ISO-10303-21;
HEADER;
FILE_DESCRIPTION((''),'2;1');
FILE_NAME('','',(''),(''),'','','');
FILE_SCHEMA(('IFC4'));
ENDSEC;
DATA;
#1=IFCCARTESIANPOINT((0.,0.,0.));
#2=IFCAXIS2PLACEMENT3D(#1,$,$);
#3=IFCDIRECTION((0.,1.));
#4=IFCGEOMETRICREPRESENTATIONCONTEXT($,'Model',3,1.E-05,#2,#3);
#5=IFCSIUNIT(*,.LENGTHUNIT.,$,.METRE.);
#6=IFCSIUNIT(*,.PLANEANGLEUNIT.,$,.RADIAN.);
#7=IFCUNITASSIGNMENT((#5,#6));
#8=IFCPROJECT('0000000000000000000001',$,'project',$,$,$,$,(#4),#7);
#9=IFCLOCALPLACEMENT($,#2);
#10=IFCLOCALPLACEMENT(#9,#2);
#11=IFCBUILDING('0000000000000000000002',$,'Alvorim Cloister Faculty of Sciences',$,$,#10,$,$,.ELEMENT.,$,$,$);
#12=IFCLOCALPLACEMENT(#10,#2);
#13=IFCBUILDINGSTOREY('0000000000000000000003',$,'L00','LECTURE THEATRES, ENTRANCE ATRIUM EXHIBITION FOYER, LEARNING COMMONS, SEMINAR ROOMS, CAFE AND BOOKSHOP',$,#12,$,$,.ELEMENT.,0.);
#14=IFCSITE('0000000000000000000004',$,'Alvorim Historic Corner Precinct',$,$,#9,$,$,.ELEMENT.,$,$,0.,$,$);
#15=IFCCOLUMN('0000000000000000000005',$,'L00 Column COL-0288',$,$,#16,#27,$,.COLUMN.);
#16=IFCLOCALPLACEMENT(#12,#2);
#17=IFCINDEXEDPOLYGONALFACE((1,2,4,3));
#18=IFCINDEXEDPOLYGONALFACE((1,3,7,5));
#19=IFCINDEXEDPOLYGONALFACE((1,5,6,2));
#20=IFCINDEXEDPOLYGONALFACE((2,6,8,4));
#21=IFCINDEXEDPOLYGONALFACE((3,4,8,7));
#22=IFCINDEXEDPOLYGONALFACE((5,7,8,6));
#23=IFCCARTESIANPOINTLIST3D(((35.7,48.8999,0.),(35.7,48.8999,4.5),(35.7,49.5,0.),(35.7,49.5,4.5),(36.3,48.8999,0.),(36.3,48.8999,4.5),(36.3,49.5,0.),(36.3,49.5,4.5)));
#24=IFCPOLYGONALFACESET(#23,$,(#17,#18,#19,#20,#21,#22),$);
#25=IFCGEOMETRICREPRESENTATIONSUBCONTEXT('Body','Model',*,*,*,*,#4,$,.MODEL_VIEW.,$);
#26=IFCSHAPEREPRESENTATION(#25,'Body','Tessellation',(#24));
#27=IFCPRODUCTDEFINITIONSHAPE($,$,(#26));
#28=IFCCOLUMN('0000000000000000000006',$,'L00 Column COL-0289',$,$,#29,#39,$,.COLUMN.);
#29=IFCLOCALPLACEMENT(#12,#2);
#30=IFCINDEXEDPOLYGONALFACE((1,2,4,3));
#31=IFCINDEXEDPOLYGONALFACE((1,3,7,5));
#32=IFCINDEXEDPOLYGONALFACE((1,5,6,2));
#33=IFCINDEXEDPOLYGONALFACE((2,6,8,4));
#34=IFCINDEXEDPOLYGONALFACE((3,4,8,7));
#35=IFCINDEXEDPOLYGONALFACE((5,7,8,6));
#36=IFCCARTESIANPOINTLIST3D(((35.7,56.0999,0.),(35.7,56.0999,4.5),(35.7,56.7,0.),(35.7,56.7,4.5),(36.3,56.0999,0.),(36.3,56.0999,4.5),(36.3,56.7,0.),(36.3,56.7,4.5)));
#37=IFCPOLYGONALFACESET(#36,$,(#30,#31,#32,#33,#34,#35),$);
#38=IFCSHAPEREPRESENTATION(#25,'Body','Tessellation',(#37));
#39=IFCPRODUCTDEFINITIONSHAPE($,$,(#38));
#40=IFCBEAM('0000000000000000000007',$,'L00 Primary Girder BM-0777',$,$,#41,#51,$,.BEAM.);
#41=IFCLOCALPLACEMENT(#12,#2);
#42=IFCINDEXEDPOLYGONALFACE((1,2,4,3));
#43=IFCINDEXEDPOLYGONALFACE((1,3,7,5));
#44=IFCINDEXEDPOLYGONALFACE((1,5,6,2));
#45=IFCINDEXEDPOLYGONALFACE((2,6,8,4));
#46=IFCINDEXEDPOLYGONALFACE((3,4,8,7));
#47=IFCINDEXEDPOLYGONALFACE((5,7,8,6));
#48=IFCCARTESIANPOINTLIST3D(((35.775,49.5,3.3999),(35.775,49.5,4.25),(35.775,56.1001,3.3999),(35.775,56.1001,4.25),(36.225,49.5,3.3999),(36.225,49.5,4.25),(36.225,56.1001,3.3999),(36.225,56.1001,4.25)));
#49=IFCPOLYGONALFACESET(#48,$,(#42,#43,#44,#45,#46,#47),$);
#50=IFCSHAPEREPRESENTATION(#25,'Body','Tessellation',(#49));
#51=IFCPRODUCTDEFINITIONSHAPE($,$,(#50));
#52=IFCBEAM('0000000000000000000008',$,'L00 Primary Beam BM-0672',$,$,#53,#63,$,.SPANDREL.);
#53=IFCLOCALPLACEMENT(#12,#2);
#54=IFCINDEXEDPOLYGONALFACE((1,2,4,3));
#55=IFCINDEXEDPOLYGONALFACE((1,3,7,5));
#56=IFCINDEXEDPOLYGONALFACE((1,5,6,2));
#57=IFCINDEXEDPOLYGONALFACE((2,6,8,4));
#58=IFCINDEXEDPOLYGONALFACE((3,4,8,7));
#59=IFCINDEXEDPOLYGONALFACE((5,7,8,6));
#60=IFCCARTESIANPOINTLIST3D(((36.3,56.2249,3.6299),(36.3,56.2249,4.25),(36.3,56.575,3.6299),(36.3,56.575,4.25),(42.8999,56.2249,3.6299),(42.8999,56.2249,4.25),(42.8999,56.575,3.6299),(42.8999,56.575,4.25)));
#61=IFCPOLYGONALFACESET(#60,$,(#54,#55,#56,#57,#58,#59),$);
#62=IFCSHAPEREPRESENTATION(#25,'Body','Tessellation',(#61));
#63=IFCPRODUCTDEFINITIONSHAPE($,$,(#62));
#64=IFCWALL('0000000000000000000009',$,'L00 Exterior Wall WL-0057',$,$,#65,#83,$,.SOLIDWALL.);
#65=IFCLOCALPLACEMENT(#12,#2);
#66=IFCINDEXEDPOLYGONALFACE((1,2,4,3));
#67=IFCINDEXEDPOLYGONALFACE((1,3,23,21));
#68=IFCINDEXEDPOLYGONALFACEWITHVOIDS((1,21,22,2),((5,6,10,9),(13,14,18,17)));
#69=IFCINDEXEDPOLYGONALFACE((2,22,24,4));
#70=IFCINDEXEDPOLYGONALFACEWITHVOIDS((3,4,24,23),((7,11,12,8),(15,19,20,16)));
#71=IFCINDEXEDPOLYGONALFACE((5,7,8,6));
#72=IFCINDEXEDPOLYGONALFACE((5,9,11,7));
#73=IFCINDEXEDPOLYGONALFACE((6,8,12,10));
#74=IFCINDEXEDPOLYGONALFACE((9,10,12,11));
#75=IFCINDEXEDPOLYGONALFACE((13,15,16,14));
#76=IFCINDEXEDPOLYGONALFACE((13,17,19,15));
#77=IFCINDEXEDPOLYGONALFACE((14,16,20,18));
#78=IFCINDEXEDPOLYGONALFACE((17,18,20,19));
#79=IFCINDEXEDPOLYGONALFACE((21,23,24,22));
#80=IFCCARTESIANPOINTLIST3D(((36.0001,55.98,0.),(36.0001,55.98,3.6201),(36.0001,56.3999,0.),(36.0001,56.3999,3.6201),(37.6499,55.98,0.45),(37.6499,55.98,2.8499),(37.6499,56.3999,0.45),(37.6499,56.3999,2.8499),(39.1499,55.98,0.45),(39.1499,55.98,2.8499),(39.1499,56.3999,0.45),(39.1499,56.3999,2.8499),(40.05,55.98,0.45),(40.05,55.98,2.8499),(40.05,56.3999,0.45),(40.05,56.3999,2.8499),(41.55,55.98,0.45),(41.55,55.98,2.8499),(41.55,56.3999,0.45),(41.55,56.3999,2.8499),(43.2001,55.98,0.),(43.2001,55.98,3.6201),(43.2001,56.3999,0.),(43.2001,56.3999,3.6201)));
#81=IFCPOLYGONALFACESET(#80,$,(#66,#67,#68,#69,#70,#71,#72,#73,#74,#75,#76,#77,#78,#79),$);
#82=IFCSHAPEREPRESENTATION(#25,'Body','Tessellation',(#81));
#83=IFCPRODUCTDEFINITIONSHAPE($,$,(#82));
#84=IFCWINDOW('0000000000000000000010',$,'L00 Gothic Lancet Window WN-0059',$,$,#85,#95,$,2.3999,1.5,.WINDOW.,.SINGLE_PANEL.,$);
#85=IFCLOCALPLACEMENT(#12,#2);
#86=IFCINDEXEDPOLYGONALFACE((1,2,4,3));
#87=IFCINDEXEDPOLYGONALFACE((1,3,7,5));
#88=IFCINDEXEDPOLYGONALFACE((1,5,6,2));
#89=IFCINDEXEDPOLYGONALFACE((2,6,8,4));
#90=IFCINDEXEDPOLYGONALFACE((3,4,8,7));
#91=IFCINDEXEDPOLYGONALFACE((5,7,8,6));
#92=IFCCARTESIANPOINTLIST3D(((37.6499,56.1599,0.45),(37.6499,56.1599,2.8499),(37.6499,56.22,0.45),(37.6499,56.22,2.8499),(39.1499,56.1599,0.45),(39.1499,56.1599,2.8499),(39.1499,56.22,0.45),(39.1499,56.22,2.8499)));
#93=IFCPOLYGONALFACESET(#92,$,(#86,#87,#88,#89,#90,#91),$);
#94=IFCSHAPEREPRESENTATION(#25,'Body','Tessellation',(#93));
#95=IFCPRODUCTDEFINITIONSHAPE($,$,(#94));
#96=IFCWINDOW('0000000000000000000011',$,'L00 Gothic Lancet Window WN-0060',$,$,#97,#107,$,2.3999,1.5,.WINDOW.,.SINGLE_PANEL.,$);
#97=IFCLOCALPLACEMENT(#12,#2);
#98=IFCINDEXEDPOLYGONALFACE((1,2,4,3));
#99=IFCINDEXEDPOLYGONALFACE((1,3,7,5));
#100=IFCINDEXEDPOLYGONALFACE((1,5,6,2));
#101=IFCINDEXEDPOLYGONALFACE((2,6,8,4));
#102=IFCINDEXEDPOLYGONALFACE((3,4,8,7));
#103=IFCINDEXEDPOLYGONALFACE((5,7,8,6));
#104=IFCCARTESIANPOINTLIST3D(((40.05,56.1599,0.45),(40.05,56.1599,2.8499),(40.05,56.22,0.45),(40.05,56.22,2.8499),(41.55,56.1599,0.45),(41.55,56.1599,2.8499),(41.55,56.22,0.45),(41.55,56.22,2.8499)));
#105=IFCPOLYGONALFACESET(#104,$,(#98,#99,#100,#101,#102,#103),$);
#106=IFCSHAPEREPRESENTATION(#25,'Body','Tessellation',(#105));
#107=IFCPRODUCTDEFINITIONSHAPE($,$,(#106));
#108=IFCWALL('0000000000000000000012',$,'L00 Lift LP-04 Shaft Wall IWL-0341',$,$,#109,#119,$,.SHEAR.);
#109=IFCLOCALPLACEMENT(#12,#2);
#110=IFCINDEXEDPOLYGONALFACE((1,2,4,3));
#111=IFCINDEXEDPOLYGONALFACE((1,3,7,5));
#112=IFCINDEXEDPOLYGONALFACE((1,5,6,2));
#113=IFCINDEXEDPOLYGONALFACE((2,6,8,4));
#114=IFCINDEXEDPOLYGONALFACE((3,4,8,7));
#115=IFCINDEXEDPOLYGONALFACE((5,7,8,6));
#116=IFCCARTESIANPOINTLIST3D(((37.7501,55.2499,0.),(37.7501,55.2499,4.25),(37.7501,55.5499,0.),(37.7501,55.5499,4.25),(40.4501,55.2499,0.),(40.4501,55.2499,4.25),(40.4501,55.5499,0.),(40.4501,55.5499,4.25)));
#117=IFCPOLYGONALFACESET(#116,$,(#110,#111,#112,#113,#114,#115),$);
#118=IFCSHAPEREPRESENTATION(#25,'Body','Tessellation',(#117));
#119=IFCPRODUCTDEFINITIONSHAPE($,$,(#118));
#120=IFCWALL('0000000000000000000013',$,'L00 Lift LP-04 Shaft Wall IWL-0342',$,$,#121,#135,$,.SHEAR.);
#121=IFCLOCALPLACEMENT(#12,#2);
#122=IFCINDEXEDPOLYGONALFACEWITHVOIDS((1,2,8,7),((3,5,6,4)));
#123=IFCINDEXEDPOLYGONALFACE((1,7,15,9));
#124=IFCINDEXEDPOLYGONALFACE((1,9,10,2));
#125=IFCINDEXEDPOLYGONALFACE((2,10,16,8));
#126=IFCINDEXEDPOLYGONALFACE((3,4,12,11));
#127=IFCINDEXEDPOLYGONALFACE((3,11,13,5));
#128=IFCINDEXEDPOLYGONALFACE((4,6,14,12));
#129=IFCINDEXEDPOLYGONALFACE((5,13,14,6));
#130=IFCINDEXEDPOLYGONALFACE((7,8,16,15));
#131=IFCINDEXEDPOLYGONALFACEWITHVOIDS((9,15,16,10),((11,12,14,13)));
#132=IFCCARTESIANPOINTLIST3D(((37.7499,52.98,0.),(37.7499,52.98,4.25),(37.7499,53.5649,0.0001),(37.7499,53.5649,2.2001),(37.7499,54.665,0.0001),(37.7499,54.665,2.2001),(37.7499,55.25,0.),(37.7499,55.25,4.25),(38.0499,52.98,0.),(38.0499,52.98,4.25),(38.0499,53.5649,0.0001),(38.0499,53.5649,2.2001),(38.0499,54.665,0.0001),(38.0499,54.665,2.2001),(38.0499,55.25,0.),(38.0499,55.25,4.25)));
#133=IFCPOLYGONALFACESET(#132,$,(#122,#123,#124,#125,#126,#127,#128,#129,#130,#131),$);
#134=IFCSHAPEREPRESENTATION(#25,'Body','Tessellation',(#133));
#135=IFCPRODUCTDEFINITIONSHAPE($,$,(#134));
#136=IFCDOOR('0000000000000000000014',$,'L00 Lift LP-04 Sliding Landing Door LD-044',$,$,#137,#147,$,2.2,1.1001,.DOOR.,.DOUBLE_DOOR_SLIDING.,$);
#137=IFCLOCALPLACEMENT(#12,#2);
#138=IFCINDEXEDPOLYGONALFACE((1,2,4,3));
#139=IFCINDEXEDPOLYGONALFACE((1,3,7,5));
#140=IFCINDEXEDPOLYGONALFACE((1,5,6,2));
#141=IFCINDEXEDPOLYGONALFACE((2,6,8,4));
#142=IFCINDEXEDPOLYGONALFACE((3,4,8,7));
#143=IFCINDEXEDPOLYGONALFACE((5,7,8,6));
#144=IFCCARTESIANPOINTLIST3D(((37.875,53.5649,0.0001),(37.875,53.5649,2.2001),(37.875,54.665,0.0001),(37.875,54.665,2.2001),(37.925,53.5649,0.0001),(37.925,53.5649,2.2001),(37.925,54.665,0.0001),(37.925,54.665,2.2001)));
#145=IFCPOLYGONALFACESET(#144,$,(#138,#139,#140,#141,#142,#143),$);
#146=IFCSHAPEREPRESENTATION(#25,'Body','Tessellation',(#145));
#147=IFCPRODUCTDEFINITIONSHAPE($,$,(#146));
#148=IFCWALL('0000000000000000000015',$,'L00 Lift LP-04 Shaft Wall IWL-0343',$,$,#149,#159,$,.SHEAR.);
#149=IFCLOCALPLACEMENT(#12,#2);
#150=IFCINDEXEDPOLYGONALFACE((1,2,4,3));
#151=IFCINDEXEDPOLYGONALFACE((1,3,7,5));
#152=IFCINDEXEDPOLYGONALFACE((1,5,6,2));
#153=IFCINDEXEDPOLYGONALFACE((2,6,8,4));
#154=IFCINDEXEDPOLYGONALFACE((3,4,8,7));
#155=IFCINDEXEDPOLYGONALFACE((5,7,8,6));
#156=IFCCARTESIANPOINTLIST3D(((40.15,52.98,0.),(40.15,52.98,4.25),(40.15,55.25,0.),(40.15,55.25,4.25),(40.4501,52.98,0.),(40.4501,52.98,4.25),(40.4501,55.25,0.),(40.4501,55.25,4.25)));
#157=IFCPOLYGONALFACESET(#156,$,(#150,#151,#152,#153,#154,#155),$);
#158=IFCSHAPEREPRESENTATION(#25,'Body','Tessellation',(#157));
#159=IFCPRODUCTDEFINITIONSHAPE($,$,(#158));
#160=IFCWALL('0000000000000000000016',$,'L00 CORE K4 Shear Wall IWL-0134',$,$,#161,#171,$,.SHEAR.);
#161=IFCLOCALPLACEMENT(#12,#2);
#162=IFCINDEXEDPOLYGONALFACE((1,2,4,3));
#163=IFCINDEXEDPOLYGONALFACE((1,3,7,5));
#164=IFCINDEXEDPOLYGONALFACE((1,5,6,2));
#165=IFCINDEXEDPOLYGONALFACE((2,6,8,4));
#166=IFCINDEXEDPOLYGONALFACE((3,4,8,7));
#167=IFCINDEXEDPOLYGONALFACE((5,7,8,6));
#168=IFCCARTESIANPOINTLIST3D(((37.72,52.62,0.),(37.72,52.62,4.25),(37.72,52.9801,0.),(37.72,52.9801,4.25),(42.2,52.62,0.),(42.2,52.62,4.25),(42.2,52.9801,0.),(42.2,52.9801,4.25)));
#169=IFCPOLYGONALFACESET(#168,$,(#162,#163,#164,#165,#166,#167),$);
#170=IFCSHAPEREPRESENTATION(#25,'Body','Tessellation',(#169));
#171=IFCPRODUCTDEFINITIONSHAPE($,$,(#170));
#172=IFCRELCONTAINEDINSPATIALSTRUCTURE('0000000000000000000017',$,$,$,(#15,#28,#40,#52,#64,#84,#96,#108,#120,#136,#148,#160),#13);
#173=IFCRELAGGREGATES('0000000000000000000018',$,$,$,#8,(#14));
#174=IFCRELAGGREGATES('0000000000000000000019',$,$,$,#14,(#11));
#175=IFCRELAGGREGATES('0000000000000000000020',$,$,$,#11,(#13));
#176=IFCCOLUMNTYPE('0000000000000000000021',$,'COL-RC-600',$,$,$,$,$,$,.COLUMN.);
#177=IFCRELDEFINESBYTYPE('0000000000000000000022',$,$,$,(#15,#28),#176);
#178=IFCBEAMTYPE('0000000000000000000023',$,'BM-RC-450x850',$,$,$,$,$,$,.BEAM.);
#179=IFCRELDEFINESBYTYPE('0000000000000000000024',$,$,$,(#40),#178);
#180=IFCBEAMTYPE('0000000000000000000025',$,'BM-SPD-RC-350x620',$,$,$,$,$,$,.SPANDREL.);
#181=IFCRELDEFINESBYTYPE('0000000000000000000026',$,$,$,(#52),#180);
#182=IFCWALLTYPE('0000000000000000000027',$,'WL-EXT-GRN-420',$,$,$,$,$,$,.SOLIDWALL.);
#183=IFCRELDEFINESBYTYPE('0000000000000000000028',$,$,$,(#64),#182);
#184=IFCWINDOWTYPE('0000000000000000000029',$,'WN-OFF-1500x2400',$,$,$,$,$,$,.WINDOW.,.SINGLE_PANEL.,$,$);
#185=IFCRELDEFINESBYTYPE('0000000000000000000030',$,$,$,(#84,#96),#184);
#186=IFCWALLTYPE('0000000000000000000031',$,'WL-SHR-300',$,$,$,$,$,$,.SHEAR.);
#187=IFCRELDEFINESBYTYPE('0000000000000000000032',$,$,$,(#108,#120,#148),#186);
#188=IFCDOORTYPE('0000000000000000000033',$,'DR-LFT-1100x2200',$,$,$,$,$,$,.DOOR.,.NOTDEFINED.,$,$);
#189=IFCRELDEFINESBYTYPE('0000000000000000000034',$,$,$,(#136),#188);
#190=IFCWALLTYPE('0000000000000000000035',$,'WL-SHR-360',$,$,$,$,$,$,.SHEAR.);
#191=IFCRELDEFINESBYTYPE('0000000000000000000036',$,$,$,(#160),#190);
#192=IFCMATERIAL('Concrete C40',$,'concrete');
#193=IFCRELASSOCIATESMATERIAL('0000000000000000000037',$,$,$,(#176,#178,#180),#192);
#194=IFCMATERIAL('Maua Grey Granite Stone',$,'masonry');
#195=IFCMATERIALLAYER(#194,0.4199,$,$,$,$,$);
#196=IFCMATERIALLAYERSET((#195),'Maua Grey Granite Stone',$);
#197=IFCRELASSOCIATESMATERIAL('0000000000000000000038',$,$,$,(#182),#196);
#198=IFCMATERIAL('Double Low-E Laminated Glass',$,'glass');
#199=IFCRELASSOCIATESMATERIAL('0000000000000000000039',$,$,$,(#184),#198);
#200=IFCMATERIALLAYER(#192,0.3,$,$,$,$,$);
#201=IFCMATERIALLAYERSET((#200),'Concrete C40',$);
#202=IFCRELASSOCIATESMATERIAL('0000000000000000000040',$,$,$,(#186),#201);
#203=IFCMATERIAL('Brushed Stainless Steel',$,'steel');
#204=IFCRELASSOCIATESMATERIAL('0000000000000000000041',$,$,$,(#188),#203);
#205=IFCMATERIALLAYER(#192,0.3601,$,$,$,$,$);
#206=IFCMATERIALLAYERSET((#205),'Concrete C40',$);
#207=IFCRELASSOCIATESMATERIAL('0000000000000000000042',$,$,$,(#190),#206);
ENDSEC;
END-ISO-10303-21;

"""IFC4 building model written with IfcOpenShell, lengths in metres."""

from ifc_helpers import new_model, si_unit, direction, frame, frame_2d, origin, origin_2d, place, context, subcontext, project, spatial, rectangle, extrude, material, layer, layer_set, material_profile, profile_set, type_object, element, fill, save


model = new_model("IFC4")

# Units and contexts
model_context = context("Model", 3, precision=1e-05, world=origin(), true_north=direction((0.0, 1.0)))
body_context = subcontext(model_context, "Body", "Model", "MODEL_VIEW")
ifc_project = project(units=[si_unit("LENGTHUNIT", "METRE"), si_unit("PLANEANGLEUNIT", "RADIAN")], contexts=[model_context])

# Site, building, storey
site_placement = place(None, origin())
site = spatial("IfcSite", under=ifc_project, at=site_placement, Name="Alvorim Historic Corner Precinct", CompositionType="ELEMENT", RefElevation=0.0)
building_placement = place(site_placement, origin())
building = spatial("IfcBuilding", under=site, at=building_placement, Name="Alvorim Cloister Faculty of Sciences", CompositionType="ELEMENT")
storey_placement = place(building_placement, origin())
storey = spatial("IfcBuildingStorey", under=building, at=storey_placement, Name="L00", Description="LECTURE THEATRES, ENTRANCE ATRIUM EXHIBITION FOYER, LEARNING COMMONS, SEMINAR ROOMS, CAFE AND BOOKSHOP", CompositionType="ELEMENT", Elevation=0.0)

# Columns
ifc_material_1 = material(Name="Concrete C40", Category="concrete")
ifc_material_profile_1 = material_profile(ifc_material_1, rectangle(XDim=0.6001, YDim=0.6001, at=origin_2d()), Name="RC40-COL-600x600")
ifc_profile_set_1 = profile_set([ifc_material_profile_1], Name="Concrete C40")
column_type = type_object("IfcColumnType", Name="COL-RC-600", PredefinedType="COLUMN", material=ifc_profile_set_1)
for number, where, z_axis, x_axis, name in (
    (1, (36.0, 49.2, 0.0), (0.0, 0.0, 1.0), (1.0, 0.0, 0.0), "L00 Column COL-0288"),
    (2, (36.0, 56.3999, 0.0), (0.0, 0.0, 1.0), (1.0, 0.0, 0.0), "L00 Column COL-0289"),
):
    element("IfcColumn", number, at=place(storey_placement, frame(where, z_axis=z_axis, x_axis=x_axis)), inside=storey, type_object=column_type, Name=name, PredefinedType="COLUMN", context=body_context, shape_type="SweptSolid", body=[
        extrude(rectangle(XDim=0.6001, YDim=0.6001, at=origin_2d()), origin(), (0.0, 0.0, 1.0), 4.5),
    ])

# Beams
ifc_material_profile_2 = material_profile(ifc_material_1, rectangle(XDim=0.45, YDim=0.8501, at=origin_2d()), Name="RC40-BM-450x850")
ifc_profile_set_2 = profile_set([ifc_material_profile_2], Name="Concrete C40")
beam_type_1 = type_object("IfcBeamType", Name="BM-RC-450x850", PredefinedType="BEAM", material=ifc_profile_set_2)
beam_1_placement = place(storey_placement, frame((36.0, 49.5, 3.825), z_axis=(0.0, 1.0, 0.0), x_axis=(-1.0, 0.0, 0.0)))
element("IfcBeam", 3, at=beam_1_placement, inside=storey, type_object=beam_type_1, Name="L00 Primary Girder BM-0777", PredefinedType="BEAM", context=body_context, shape_type="SweptSolid", body=[
    extrude(rectangle(XDim=0.45, YDim=0.8501, at=origin_2d()), origin(), (0.0, 0.0, 1.0), 6.6001),
])
ifc_material_profile_3 = material_profile(ifc_material_1, rectangle(XDim=0.3501, YDim=0.6201, at=origin_2d()), Name="RC40-SPD-350x620")
ifc_profile_set_3 = profile_set([ifc_material_profile_3], Name="Concrete C40")
beam_type_2 = type_object("IfcBeamType", Name="BM-SPD-RC-350x620", PredefinedType="SPANDREL", material=ifc_profile_set_3)
beam_2_placement = place(storey_placement, frame((36.3, 56.3999, 3.9399), z_axis=(1.0, 0.0, 0.0), x_axis=(0.0, 1.0, 0.0)))
element("IfcBeam", 4, at=beam_2_placement, inside=storey, type_object=beam_type_2, Name="L00 Primary Beam BM-0672", PredefinedType="SPANDREL", context=body_context, shape_type="SweptSolid", body=[
    extrude(rectangle(XDim=0.3501, YDim=0.6201, at=origin_2d()), origin(), (0.0, 0.0, 1.0), 6.5999),
])

# Wall, openings, windows
ifc_material_2 = material(Name="Maua Grey Granite Stone", Category="masonry")
ifc_layer_1 = layer(ifc_material_2, 0.4199)
ifc_layer_set_1 = layer_set([ifc_layer_1], Name="Maua Grey Granite Stone")
wall_type_1 = type_object("IfcWallType", Name="WL-EXT-GRN-420", PredefinedType="SOLIDWALL", material=ifc_layer_set_1)
wall_1_placement = place(storey_placement, frame((36.0, 56.1899, 0.0), z_axis=(0.0, 0.0, 1.0), x_axis=(1.0, 0.0, 0.0)))
wall_1 = element("IfcWall", 5, at=wall_1_placement, inside=storey, type_object=wall_type_1, Name="L00 Exterior Wall WL-0057", PredefinedType="SOLIDWALL", context=body_context, shape_type="SweptSolid", body=[
    extrude(rectangle(XDim=7.2, YDim=0.4199, at=frame_2d((3.6001, 0.0))), origin(), (0.0, 0.0, 1.0), 3.6201),
])
opening_1_placement = place(wall_1_placement, frame((1.6499, 0.0, 0.45)))
opening_1 = element("IfcOpeningElement", 6, at=opening_1_placement, cuts=wall_1, PredefinedType="OPENING", context=body_context, shape_type="SweptSolid", body=[
    extrude(rectangle(XDim=1.5, YDim=2.3999, at=frame_2d((0.75, 1.2))), frame((0.0, 0.2219, 0.0), z_axis=(0.0, -1.0, 0.0), x_axis=(1.0, 0.0, 0.0)), (0.0, 0.0, 1.0), 0.4438),
])
opening_2_placement = place(wall_1_placement, frame((4.05, 0.0, 0.45)))
opening_2 = element("IfcOpeningElement", 7, at=opening_2_placement, cuts=wall_1, PredefinedType="OPENING", context=body_context, shape_type="SweptSolid", body=[
    extrude(rectangle(XDim=1.5, YDim=2.3999, at=frame_2d((0.75, 1.2))), frame((0.0, 0.2219, 0.0), z_axis=(0.0, -1.0, 0.0), x_axis=(1.0, 0.0, 0.0)), (0.0, 0.0, 1.0), 0.4438),
])
ifc_material_3 = material(Name="Double Low-E Laminated Glass", Category="glass")
window_type = type_object("IfcWindowType", Name="WN-OFF-1500x2400", PartitioningType="SINGLE_PANEL", PredefinedType="WINDOW", material=ifc_material_3)
window_1_placement = place(opening_1_placement, origin())
window_1 = element("IfcWindow", 8, at=window_1_placement, inside=storey, type_object=window_type, Name="L00 Gothic Lancet Window WN-0059", OverallHeight=2.3999, OverallWidth=1.5, PartitioningType="SINGLE_PANEL", PredefinedType="WINDOW", context=body_context, shape_type="SweptSolid", body=[
    extrude(rectangle(XDim=1.5, YDim=2.3999, at=frame_2d((0.75, 1.2))), frame((0.0, 0.03, 0.0), z_axis=(0.0, -1.0, 0.0), x_axis=(1.0, 0.0, 0.0)), (0.0, 0.0, 1.0), 0.0601),
])
fill(opening_1, window_1)
window_2_placement = place(opening_2_placement, origin())
window_2 = element("IfcWindow", 9, at=window_2_placement, inside=storey, type_object=window_type, Name="L00 Gothic Lancet Window WN-0060", OverallHeight=2.3999, OverallWidth=1.5, PartitioningType="SINGLE_PANEL", PredefinedType="WINDOW", context=body_context, shape_type="SweptSolid", body=[
    extrude(rectangle(XDim=1.5, YDim=2.3999, at=frame_2d((0.75, 1.2))), frame((0.0, 0.03, 0.0), z_axis=(0.0, -1.0, 0.0), x_axis=(1.0, 0.0, 0.0)), (0.0, 0.0, 1.0), 0.0601),
])
fill(opening_2, window_2)

# Wall
ifc_layer_2 = layer(ifc_material_1, 0.3)
ifc_layer_set_2 = layer_set([ifc_layer_2], Name="Concrete C40")
wall_type_2 = type_object("IfcWallType", Name="WL-SHR-300", PredefinedType="SHEAR", material=ifc_layer_set_2)
wall_2_placement = place(storey_placement, frame((37.75, 55.3999, 0.0), z_axis=(0.0, 0.0, 1.0), x_axis=(1.0, 0.0, 0.0)))
element("IfcWall", 10, at=wall_2_placement, inside=storey, type_object=wall_type_2, Name="L00 Lift LP-04 Shaft Wall IWL-0341", PredefinedType="SHEAR", context=body_context, shape_type="SweptSolid", body=[
    extrude(rectangle(XDim=2.7, YDim=0.3, at=frame_2d((1.3501, 0.0))), origin(), (0.0, 0.0, 1.0), 4.25),
])

# Wall, opening, door
wall_3_placement = place(storey_placement, frame((37.8999, 52.98, 0.0), z_axis=(0.0, 0.0, 1.0), x_axis=(0.0, 1.0, 0.0)))
wall_3 = element("IfcWall", 11, at=wall_3_placement, inside=storey, type_object=wall_type_2, Name="L00 Lift LP-04 Shaft Wall IWL-0342", PredefinedType="SHEAR", context=body_context, shape_type="SweptSolid", body=[
    extrude(rectangle(XDim=2.27, YDim=0.3, at=frame_2d((1.135, 0.0))), origin(), (0.0, 0.0, 1.0), 4.25),
])
opening_3_placement = place(wall_3_placement, frame((0.585, 0.0, 0.0)))
opening_3 = element("IfcOpeningElement", 12, at=opening_3_placement, cuts=wall_3, PredefinedType="OPENING", context=body_context, shape_type="SweptSolid", body=[
    extrude(rectangle(XDim=1.1001, YDim=2.2, at=frame_2d((0.55, 1.1001))), frame((0.0, 0.1621, 0.0), z_axis=(0.0, -1.0, 0.0), x_axis=(1.0, 0.0, 0.0)), (0.0, 0.0, 1.0), 0.324),
])
ifc_material_4 = material(Name="Brushed Stainless Steel", Category="steel")
door_type = type_object("IfcDoorType", Name="DR-LFT-1100x2200", OperationType="NOTDEFINED", PredefinedType="DOOR", material=ifc_material_4)
door_placement = place(opening_3_placement, origin())
door = element("IfcDoor", 13, at=door_placement, inside=storey, type_object=door_type, Name="L00 Lift LP-04 Sliding Landing Door LD-044", OperationType="DOUBLE_DOOR_SLIDING", OverallHeight=2.2, OverallWidth=1.1001, PredefinedType="DOOR", context=body_context, shape_type="SweptSolid", body=[
    extrude(rectangle(XDim=1.1001, YDim=2.2, at=frame_2d((0.55, 1.1001))), frame((0.0, 0.0249, 0.0), z_axis=(0.0, -1.0, 0.0), x_axis=(1.0, 0.0, 0.0)), (0.0, 0.0, 1.0), 0.05),
])
fill(opening_3, door)

# Walls
wall_4_placement = place(storey_placement, frame((40.3, 52.98, 0.0), z_axis=(0.0, 0.0, 1.0), x_axis=(0.0, 1.0, 0.0)))
element("IfcWall", 14, at=wall_4_placement, inside=storey, type_object=wall_type_2, Name="L00 Lift LP-04 Shaft Wall IWL-0343", PredefinedType="SHEAR", context=body_context, shape_type="SweptSolid", body=[
    extrude(rectangle(XDim=2.27, YDim=0.3, at=frame_2d((1.135, 0.0))), origin(), (0.0, 0.0, 1.0), 4.25),
])
ifc_layer_3 = layer(ifc_material_1, 0.3601)
ifc_layer_set_3 = layer_set([ifc_layer_3], Name="Concrete C40")
wall_type_3 = type_object("IfcWallType", Name="WL-SHR-360", PredefinedType="SHEAR", material=ifc_layer_set_3)
wall_5_placement = place(storey_placement, frame((37.72, 52.8, 0.0), z_axis=(0.0, 0.0, 1.0), x_axis=(1.0, 0.0, 0.0)))
element("IfcWall", 15, at=wall_5_placement, inside=storey, type_object=wall_type_3, Name="L00 CORE K4 Shear Wall IWL-0134", PredefinedType="SHEAR", context=body_context, shape_type="SweptSolid", body=[
    extrude(rectangle(XDim=4.48, YDim=0.3601, at=frame_2d((2.24, 0.0))), origin(), (0.0, 0.0, 1.0), 4.25),
])

save(model, "model.ifc")
